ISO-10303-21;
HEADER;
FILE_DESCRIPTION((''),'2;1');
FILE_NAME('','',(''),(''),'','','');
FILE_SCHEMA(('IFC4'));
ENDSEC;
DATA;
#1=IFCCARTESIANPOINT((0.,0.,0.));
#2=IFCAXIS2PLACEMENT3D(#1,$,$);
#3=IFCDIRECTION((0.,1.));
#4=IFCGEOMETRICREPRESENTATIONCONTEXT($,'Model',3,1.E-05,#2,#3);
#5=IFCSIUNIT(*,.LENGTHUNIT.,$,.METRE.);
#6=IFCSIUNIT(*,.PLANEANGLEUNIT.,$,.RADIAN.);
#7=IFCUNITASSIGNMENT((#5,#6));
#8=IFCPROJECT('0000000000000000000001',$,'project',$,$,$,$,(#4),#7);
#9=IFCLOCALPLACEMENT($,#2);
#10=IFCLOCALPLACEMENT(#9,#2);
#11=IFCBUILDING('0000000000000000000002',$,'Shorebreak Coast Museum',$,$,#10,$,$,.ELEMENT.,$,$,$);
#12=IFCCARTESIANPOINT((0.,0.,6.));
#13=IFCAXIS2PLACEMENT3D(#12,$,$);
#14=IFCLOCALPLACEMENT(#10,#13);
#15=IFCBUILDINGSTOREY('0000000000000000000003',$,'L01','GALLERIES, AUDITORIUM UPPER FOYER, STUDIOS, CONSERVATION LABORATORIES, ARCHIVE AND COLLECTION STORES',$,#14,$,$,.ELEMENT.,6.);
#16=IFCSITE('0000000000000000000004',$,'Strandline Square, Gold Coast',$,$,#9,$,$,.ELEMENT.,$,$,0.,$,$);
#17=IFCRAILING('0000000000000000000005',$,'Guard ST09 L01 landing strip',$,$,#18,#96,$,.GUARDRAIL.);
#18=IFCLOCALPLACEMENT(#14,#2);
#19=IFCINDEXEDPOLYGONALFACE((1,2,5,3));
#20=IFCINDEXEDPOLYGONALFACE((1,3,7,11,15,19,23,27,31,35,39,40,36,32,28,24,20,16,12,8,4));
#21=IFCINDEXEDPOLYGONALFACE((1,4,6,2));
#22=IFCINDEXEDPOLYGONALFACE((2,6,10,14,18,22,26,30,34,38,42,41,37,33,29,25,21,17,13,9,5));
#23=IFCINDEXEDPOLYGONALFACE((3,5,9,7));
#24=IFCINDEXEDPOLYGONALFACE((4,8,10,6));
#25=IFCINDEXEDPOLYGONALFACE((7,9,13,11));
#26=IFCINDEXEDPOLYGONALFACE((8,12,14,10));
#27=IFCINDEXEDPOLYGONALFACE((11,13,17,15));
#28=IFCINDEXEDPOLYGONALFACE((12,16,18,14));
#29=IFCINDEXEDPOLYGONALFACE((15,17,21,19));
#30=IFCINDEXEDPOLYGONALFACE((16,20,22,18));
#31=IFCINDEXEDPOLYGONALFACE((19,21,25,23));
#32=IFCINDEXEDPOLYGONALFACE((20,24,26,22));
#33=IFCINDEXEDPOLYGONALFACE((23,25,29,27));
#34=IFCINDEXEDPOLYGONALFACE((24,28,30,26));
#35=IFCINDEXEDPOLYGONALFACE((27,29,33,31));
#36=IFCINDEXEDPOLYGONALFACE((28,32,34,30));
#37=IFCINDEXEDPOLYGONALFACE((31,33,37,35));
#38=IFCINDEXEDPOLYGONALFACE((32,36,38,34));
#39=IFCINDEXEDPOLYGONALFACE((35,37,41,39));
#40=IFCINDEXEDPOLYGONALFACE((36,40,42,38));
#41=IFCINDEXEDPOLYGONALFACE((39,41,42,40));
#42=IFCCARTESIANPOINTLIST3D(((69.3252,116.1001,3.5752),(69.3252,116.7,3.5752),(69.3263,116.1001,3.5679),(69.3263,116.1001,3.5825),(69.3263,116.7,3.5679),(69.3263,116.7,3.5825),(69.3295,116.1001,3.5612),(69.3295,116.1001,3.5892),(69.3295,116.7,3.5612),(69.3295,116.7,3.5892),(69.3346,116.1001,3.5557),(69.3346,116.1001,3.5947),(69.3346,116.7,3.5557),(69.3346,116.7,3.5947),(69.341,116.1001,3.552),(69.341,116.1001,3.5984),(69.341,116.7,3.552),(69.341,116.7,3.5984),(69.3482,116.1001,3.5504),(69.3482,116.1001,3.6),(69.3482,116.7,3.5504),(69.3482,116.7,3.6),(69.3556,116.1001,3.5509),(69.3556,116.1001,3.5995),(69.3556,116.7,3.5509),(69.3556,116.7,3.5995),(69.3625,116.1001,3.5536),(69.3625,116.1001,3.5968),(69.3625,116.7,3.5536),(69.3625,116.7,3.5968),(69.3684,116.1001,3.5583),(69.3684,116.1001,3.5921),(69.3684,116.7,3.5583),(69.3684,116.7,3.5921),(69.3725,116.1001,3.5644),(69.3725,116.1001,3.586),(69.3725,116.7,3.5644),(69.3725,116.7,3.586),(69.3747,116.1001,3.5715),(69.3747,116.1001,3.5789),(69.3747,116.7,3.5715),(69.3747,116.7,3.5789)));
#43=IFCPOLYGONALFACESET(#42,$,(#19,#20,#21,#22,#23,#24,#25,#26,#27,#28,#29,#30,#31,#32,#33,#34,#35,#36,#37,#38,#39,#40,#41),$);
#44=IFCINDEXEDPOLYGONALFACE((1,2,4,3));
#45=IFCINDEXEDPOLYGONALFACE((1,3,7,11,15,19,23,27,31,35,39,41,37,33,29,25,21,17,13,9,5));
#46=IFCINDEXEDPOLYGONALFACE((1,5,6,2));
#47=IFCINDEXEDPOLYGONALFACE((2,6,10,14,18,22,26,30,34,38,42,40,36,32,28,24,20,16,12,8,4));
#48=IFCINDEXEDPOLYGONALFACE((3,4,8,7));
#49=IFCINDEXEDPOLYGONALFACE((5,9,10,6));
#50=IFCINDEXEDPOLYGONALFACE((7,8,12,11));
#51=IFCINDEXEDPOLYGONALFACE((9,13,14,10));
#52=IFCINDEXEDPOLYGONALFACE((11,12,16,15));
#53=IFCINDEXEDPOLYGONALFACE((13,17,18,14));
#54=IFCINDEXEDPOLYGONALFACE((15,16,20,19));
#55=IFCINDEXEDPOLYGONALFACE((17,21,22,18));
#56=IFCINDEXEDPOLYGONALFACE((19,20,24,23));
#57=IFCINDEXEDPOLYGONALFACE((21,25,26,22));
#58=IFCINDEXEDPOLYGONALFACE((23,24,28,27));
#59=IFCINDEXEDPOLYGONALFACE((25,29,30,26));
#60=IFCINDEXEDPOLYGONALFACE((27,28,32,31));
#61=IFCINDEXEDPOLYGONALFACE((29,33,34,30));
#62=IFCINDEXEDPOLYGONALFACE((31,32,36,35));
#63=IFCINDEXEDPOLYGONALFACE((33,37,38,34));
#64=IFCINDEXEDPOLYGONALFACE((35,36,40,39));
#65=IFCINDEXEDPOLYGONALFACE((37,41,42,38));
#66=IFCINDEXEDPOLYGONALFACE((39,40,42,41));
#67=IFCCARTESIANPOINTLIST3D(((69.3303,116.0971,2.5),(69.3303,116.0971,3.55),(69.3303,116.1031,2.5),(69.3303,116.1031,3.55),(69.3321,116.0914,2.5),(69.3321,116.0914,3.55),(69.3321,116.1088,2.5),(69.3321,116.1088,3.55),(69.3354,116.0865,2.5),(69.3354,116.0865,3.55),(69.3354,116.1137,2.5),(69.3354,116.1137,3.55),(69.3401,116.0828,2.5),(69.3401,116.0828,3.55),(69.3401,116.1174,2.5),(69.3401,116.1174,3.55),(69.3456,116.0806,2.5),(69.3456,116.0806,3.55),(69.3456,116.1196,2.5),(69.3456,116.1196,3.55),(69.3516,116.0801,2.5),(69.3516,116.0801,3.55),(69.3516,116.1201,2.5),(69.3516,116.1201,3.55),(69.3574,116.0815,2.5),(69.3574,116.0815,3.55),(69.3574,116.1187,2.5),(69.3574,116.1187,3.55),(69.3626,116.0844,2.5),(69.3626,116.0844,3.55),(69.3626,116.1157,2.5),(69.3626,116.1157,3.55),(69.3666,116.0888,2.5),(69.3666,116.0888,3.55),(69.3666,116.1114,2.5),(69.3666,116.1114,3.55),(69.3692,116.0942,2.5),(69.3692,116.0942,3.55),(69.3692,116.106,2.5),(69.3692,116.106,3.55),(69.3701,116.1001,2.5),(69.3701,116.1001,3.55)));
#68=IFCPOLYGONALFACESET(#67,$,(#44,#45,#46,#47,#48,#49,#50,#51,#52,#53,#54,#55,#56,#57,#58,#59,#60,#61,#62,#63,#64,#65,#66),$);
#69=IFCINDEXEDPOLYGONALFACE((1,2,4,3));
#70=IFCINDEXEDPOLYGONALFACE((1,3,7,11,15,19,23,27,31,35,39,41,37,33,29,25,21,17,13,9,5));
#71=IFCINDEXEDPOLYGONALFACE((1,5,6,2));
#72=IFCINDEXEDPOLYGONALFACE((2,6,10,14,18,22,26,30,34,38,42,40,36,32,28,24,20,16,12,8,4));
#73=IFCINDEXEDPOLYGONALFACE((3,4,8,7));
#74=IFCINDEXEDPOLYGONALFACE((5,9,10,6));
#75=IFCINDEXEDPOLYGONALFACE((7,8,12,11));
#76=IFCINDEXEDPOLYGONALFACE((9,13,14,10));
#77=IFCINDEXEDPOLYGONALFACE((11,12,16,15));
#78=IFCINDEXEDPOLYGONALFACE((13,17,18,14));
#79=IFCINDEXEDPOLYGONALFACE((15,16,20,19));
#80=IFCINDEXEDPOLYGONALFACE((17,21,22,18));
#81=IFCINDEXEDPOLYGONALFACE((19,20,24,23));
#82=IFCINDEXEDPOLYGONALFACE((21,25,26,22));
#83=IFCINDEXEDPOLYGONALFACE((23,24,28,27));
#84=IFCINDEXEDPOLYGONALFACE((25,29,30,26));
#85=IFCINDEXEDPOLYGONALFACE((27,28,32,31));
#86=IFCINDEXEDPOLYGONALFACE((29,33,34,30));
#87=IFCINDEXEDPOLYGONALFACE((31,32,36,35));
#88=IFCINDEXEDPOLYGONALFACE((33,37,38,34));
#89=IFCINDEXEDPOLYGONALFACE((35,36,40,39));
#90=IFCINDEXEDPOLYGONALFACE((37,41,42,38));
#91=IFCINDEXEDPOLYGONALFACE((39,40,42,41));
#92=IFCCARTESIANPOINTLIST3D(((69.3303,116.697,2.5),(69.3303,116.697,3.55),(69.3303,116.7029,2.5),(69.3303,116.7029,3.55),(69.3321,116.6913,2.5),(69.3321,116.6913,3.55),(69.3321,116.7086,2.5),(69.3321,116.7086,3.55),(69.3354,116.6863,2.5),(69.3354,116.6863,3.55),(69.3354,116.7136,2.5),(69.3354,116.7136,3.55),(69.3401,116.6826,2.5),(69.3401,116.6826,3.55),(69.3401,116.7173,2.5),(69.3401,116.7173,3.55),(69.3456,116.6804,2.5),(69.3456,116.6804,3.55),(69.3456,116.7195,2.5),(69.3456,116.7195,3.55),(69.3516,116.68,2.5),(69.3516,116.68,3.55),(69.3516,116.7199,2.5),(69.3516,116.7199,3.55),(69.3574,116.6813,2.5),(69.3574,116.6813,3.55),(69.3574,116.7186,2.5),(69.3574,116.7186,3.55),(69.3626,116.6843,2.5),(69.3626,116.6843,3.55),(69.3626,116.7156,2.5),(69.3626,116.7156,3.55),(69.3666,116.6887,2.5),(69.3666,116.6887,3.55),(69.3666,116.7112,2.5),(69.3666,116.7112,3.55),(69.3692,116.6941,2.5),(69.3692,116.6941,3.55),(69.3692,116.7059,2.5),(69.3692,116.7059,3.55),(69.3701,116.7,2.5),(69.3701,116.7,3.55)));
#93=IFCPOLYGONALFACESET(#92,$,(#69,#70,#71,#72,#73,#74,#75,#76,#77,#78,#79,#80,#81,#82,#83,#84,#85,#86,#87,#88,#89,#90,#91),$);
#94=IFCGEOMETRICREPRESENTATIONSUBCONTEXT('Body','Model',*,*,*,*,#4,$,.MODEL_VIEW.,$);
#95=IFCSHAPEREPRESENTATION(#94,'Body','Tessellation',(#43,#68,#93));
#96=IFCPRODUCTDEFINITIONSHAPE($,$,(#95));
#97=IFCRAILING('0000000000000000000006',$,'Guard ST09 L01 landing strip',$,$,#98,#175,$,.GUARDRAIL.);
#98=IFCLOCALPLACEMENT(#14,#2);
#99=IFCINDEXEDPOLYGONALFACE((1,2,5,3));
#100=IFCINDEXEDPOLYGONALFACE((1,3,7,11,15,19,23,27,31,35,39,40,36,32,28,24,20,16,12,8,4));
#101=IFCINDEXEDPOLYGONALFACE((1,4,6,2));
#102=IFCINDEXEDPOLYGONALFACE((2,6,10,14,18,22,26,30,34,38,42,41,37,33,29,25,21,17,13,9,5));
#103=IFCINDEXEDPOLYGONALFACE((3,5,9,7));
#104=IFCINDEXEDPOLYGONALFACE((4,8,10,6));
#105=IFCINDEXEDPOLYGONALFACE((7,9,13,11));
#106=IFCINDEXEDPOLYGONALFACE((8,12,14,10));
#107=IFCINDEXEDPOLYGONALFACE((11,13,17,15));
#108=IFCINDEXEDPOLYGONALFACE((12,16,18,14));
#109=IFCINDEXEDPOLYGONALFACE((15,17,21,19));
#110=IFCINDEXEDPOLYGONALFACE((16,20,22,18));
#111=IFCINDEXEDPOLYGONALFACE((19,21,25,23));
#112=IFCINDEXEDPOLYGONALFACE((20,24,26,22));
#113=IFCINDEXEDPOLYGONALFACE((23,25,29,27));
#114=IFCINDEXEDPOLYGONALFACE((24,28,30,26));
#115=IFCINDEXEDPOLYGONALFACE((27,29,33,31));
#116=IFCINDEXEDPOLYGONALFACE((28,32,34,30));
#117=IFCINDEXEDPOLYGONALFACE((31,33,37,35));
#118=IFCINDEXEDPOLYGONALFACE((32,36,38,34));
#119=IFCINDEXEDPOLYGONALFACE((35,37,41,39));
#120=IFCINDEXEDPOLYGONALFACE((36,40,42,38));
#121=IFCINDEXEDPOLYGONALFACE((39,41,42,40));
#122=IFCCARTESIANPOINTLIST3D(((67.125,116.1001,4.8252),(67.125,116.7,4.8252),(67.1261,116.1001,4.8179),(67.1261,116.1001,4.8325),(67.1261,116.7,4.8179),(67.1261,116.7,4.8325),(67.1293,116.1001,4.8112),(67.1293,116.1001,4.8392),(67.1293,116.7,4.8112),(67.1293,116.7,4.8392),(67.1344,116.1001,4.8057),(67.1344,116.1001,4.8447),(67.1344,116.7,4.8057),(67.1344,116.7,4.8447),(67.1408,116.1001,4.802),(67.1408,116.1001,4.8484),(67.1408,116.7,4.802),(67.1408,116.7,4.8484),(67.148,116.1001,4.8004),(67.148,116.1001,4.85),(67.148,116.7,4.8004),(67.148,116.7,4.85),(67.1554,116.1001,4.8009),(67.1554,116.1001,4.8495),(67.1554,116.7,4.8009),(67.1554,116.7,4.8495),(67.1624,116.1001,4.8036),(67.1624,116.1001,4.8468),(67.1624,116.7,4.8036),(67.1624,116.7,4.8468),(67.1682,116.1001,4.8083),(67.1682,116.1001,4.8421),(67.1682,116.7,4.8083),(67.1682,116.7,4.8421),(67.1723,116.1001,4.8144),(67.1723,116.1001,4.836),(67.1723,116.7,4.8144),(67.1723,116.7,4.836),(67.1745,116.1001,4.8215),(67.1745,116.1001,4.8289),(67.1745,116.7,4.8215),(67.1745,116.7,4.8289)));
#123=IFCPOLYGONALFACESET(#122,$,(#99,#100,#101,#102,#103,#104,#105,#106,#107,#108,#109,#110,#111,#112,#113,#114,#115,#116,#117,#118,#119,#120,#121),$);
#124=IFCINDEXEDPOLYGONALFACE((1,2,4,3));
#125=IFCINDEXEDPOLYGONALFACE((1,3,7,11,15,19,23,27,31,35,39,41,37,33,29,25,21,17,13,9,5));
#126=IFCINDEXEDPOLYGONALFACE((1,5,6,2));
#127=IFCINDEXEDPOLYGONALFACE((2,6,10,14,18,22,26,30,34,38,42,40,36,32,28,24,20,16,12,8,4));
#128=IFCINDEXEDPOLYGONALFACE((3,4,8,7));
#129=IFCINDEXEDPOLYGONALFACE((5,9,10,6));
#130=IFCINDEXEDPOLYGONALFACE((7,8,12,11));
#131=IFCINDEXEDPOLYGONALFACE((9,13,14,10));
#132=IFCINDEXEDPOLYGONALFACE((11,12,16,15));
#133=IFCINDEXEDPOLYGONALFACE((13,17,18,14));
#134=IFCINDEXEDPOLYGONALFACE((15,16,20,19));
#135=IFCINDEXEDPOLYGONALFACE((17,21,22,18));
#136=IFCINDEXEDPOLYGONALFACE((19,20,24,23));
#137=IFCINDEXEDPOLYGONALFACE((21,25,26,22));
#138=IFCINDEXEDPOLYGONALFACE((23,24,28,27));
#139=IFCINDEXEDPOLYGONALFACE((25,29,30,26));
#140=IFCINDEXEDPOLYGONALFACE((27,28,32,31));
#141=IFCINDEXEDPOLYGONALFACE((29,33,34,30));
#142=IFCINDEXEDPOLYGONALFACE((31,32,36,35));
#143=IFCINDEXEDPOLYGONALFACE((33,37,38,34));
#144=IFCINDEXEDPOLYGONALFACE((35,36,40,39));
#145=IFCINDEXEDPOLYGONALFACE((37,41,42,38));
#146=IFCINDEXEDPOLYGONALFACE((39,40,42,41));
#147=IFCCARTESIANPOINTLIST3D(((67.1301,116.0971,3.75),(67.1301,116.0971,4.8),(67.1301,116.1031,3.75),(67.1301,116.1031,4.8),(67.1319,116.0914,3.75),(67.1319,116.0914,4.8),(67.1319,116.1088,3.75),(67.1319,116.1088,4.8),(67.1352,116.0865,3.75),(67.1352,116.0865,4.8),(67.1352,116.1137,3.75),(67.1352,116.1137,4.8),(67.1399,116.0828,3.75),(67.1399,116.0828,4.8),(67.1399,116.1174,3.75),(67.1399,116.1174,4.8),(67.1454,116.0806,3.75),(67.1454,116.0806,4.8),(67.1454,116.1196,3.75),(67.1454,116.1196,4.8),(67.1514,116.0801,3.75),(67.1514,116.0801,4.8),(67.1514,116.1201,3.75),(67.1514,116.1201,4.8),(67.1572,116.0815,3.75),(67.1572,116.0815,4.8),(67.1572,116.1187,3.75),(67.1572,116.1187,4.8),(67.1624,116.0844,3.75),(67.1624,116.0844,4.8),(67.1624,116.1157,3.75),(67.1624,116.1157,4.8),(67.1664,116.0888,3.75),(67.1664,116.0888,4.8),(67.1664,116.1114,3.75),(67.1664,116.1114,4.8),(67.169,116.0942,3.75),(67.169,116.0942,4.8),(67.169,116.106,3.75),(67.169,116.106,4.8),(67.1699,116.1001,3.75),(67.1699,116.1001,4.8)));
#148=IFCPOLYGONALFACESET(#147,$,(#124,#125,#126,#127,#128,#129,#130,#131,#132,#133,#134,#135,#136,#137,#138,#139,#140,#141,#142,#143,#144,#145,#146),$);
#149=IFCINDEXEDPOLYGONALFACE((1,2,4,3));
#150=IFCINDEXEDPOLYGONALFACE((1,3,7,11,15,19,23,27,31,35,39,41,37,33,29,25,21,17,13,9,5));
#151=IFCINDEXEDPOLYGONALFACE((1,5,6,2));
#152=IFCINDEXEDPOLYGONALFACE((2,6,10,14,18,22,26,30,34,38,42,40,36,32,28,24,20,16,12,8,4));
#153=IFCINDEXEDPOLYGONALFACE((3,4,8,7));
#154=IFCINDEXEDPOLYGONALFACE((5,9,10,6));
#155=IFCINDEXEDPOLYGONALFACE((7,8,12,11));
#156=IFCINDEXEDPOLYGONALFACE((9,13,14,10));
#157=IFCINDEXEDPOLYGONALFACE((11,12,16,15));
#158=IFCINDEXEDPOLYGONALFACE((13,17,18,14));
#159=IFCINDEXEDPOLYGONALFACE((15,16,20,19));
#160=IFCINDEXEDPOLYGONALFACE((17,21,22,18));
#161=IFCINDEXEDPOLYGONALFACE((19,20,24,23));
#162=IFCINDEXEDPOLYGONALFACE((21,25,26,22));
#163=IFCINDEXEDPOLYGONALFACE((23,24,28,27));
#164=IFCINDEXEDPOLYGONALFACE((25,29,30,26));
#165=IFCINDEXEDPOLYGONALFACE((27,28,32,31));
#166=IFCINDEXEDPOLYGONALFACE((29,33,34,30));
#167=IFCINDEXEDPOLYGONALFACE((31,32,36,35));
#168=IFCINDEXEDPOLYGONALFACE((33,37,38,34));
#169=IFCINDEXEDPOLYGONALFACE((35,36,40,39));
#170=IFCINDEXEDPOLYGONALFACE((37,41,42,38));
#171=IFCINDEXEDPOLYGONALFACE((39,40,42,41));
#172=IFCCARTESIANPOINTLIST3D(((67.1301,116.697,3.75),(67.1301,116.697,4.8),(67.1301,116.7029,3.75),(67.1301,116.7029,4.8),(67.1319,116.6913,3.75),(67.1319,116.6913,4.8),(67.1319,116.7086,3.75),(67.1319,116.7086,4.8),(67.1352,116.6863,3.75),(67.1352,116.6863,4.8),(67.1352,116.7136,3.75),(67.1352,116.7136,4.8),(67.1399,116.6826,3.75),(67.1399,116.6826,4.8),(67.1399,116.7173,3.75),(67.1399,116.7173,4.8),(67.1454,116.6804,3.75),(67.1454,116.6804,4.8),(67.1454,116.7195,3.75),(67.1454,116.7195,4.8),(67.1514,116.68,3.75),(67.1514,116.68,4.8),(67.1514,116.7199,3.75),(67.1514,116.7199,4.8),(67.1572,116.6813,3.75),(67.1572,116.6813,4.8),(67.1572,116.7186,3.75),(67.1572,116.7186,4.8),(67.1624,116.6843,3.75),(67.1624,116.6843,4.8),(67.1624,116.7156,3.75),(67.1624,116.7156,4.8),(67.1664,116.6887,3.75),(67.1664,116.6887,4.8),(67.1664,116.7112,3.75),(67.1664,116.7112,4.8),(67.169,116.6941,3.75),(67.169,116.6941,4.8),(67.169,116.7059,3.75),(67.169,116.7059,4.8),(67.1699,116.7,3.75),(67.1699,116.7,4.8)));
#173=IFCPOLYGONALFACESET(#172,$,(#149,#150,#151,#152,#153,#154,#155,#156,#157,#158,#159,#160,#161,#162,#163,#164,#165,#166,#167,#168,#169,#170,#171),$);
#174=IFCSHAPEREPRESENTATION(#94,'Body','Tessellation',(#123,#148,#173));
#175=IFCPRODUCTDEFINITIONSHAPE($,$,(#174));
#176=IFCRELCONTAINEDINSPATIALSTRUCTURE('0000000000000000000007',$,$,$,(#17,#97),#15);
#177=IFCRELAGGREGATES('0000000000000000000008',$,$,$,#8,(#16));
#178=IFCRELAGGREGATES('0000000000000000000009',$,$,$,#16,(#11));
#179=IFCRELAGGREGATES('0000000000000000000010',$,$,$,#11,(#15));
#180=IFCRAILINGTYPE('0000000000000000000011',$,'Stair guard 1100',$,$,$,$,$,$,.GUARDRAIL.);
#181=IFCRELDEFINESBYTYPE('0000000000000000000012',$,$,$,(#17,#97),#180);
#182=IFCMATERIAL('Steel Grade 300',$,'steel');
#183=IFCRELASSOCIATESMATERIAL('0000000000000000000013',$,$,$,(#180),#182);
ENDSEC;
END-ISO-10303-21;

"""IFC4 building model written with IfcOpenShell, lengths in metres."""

from ifc_helpers import new_model, si_unit, direction, frame, origin, origin_2d, place, context, subcontext, project, spatial, circle, extrude, material, type_object, element, save


model = new_model("IFC4")

# Units and contexts
model_context = context("Model", 3, precision=1e-05, world=origin(), true_north=direction((0.0, 1.0)))
body_context = subcontext(model_context, "Body", "Model", "MODEL_VIEW")
ifc_project = project(units=[si_unit("LENGTHUNIT", "METRE"), si_unit("PLANEANGLEUNIT", "RADIAN")], contexts=[model_context])

# Site, building, storey
site_placement = place(None, origin())
site = spatial("IfcSite", under=ifc_project, at=site_placement, Name="Strandline Square, Gold Coast", CompositionType="ELEMENT", RefElevation=0.0)
building_placement = place(site_placement, origin())
building = spatial("IfcBuilding", under=site, at=building_placement, Name="Shorebreak Coast Museum", CompositionType="ELEMENT")
storey_placement = place(building_placement, frame((0.0, 0.0, 6.0)))
storey = spatial("IfcBuildingStorey", under=building, at=storey_placement, Name="L01", Description="GALLERIES, AUDITORIUM UPPER FOYER, STUDIOS, CONSERVATION LABORATORIES, ARCHIVE AND COLLECTION STORES", CompositionType="ELEMENT", Elevation=6.0)

# Railings
ifc_material_1 = material(Name="Steel Grade 300", Category="steel")
railing_type_1 = type_object("IfcRailingType", Name="Stair guard 1100", PredefinedType="GUARDRAIL", material=ifc_material_1)
for number, where, name in (
    (1, (69.3501, 116.1001, 2.5), "Guard ST09 L01 landing strip"),
    (2, (67.1499, 116.1001, 3.75), "Guard ST09 L01 landing strip"),
):
    element("IfcRailing", number, at=place(storey_placement, frame(where)), inside=storey, type_object=railing_type_1, Name=name, PredefinedType="GUARDRAIL", context=body_context, shape_type="SweptSolid", body=[
        extrude(circle(Radius=0.0249, at=origin_2d()), frame((0.0, 0.0, 1.0752), z_axis=(0.0, 1.0, 0.0), x_axis=(-1.0, 0.0, 0.0)), (0.0, 0.0, 1.0), 0.5999),
        extrude(circle(Radius=0.02, at=origin_2d()), origin(), (0.0, 0.0, 1.0), 1.05),
        extrude(circle(Radius=0.02, at=origin_2d()), frame((0.0, 0.5999, 0.0)), (0.0, 0.0, 1.0), 1.05),
    ])

save(model, "model.ifc")
